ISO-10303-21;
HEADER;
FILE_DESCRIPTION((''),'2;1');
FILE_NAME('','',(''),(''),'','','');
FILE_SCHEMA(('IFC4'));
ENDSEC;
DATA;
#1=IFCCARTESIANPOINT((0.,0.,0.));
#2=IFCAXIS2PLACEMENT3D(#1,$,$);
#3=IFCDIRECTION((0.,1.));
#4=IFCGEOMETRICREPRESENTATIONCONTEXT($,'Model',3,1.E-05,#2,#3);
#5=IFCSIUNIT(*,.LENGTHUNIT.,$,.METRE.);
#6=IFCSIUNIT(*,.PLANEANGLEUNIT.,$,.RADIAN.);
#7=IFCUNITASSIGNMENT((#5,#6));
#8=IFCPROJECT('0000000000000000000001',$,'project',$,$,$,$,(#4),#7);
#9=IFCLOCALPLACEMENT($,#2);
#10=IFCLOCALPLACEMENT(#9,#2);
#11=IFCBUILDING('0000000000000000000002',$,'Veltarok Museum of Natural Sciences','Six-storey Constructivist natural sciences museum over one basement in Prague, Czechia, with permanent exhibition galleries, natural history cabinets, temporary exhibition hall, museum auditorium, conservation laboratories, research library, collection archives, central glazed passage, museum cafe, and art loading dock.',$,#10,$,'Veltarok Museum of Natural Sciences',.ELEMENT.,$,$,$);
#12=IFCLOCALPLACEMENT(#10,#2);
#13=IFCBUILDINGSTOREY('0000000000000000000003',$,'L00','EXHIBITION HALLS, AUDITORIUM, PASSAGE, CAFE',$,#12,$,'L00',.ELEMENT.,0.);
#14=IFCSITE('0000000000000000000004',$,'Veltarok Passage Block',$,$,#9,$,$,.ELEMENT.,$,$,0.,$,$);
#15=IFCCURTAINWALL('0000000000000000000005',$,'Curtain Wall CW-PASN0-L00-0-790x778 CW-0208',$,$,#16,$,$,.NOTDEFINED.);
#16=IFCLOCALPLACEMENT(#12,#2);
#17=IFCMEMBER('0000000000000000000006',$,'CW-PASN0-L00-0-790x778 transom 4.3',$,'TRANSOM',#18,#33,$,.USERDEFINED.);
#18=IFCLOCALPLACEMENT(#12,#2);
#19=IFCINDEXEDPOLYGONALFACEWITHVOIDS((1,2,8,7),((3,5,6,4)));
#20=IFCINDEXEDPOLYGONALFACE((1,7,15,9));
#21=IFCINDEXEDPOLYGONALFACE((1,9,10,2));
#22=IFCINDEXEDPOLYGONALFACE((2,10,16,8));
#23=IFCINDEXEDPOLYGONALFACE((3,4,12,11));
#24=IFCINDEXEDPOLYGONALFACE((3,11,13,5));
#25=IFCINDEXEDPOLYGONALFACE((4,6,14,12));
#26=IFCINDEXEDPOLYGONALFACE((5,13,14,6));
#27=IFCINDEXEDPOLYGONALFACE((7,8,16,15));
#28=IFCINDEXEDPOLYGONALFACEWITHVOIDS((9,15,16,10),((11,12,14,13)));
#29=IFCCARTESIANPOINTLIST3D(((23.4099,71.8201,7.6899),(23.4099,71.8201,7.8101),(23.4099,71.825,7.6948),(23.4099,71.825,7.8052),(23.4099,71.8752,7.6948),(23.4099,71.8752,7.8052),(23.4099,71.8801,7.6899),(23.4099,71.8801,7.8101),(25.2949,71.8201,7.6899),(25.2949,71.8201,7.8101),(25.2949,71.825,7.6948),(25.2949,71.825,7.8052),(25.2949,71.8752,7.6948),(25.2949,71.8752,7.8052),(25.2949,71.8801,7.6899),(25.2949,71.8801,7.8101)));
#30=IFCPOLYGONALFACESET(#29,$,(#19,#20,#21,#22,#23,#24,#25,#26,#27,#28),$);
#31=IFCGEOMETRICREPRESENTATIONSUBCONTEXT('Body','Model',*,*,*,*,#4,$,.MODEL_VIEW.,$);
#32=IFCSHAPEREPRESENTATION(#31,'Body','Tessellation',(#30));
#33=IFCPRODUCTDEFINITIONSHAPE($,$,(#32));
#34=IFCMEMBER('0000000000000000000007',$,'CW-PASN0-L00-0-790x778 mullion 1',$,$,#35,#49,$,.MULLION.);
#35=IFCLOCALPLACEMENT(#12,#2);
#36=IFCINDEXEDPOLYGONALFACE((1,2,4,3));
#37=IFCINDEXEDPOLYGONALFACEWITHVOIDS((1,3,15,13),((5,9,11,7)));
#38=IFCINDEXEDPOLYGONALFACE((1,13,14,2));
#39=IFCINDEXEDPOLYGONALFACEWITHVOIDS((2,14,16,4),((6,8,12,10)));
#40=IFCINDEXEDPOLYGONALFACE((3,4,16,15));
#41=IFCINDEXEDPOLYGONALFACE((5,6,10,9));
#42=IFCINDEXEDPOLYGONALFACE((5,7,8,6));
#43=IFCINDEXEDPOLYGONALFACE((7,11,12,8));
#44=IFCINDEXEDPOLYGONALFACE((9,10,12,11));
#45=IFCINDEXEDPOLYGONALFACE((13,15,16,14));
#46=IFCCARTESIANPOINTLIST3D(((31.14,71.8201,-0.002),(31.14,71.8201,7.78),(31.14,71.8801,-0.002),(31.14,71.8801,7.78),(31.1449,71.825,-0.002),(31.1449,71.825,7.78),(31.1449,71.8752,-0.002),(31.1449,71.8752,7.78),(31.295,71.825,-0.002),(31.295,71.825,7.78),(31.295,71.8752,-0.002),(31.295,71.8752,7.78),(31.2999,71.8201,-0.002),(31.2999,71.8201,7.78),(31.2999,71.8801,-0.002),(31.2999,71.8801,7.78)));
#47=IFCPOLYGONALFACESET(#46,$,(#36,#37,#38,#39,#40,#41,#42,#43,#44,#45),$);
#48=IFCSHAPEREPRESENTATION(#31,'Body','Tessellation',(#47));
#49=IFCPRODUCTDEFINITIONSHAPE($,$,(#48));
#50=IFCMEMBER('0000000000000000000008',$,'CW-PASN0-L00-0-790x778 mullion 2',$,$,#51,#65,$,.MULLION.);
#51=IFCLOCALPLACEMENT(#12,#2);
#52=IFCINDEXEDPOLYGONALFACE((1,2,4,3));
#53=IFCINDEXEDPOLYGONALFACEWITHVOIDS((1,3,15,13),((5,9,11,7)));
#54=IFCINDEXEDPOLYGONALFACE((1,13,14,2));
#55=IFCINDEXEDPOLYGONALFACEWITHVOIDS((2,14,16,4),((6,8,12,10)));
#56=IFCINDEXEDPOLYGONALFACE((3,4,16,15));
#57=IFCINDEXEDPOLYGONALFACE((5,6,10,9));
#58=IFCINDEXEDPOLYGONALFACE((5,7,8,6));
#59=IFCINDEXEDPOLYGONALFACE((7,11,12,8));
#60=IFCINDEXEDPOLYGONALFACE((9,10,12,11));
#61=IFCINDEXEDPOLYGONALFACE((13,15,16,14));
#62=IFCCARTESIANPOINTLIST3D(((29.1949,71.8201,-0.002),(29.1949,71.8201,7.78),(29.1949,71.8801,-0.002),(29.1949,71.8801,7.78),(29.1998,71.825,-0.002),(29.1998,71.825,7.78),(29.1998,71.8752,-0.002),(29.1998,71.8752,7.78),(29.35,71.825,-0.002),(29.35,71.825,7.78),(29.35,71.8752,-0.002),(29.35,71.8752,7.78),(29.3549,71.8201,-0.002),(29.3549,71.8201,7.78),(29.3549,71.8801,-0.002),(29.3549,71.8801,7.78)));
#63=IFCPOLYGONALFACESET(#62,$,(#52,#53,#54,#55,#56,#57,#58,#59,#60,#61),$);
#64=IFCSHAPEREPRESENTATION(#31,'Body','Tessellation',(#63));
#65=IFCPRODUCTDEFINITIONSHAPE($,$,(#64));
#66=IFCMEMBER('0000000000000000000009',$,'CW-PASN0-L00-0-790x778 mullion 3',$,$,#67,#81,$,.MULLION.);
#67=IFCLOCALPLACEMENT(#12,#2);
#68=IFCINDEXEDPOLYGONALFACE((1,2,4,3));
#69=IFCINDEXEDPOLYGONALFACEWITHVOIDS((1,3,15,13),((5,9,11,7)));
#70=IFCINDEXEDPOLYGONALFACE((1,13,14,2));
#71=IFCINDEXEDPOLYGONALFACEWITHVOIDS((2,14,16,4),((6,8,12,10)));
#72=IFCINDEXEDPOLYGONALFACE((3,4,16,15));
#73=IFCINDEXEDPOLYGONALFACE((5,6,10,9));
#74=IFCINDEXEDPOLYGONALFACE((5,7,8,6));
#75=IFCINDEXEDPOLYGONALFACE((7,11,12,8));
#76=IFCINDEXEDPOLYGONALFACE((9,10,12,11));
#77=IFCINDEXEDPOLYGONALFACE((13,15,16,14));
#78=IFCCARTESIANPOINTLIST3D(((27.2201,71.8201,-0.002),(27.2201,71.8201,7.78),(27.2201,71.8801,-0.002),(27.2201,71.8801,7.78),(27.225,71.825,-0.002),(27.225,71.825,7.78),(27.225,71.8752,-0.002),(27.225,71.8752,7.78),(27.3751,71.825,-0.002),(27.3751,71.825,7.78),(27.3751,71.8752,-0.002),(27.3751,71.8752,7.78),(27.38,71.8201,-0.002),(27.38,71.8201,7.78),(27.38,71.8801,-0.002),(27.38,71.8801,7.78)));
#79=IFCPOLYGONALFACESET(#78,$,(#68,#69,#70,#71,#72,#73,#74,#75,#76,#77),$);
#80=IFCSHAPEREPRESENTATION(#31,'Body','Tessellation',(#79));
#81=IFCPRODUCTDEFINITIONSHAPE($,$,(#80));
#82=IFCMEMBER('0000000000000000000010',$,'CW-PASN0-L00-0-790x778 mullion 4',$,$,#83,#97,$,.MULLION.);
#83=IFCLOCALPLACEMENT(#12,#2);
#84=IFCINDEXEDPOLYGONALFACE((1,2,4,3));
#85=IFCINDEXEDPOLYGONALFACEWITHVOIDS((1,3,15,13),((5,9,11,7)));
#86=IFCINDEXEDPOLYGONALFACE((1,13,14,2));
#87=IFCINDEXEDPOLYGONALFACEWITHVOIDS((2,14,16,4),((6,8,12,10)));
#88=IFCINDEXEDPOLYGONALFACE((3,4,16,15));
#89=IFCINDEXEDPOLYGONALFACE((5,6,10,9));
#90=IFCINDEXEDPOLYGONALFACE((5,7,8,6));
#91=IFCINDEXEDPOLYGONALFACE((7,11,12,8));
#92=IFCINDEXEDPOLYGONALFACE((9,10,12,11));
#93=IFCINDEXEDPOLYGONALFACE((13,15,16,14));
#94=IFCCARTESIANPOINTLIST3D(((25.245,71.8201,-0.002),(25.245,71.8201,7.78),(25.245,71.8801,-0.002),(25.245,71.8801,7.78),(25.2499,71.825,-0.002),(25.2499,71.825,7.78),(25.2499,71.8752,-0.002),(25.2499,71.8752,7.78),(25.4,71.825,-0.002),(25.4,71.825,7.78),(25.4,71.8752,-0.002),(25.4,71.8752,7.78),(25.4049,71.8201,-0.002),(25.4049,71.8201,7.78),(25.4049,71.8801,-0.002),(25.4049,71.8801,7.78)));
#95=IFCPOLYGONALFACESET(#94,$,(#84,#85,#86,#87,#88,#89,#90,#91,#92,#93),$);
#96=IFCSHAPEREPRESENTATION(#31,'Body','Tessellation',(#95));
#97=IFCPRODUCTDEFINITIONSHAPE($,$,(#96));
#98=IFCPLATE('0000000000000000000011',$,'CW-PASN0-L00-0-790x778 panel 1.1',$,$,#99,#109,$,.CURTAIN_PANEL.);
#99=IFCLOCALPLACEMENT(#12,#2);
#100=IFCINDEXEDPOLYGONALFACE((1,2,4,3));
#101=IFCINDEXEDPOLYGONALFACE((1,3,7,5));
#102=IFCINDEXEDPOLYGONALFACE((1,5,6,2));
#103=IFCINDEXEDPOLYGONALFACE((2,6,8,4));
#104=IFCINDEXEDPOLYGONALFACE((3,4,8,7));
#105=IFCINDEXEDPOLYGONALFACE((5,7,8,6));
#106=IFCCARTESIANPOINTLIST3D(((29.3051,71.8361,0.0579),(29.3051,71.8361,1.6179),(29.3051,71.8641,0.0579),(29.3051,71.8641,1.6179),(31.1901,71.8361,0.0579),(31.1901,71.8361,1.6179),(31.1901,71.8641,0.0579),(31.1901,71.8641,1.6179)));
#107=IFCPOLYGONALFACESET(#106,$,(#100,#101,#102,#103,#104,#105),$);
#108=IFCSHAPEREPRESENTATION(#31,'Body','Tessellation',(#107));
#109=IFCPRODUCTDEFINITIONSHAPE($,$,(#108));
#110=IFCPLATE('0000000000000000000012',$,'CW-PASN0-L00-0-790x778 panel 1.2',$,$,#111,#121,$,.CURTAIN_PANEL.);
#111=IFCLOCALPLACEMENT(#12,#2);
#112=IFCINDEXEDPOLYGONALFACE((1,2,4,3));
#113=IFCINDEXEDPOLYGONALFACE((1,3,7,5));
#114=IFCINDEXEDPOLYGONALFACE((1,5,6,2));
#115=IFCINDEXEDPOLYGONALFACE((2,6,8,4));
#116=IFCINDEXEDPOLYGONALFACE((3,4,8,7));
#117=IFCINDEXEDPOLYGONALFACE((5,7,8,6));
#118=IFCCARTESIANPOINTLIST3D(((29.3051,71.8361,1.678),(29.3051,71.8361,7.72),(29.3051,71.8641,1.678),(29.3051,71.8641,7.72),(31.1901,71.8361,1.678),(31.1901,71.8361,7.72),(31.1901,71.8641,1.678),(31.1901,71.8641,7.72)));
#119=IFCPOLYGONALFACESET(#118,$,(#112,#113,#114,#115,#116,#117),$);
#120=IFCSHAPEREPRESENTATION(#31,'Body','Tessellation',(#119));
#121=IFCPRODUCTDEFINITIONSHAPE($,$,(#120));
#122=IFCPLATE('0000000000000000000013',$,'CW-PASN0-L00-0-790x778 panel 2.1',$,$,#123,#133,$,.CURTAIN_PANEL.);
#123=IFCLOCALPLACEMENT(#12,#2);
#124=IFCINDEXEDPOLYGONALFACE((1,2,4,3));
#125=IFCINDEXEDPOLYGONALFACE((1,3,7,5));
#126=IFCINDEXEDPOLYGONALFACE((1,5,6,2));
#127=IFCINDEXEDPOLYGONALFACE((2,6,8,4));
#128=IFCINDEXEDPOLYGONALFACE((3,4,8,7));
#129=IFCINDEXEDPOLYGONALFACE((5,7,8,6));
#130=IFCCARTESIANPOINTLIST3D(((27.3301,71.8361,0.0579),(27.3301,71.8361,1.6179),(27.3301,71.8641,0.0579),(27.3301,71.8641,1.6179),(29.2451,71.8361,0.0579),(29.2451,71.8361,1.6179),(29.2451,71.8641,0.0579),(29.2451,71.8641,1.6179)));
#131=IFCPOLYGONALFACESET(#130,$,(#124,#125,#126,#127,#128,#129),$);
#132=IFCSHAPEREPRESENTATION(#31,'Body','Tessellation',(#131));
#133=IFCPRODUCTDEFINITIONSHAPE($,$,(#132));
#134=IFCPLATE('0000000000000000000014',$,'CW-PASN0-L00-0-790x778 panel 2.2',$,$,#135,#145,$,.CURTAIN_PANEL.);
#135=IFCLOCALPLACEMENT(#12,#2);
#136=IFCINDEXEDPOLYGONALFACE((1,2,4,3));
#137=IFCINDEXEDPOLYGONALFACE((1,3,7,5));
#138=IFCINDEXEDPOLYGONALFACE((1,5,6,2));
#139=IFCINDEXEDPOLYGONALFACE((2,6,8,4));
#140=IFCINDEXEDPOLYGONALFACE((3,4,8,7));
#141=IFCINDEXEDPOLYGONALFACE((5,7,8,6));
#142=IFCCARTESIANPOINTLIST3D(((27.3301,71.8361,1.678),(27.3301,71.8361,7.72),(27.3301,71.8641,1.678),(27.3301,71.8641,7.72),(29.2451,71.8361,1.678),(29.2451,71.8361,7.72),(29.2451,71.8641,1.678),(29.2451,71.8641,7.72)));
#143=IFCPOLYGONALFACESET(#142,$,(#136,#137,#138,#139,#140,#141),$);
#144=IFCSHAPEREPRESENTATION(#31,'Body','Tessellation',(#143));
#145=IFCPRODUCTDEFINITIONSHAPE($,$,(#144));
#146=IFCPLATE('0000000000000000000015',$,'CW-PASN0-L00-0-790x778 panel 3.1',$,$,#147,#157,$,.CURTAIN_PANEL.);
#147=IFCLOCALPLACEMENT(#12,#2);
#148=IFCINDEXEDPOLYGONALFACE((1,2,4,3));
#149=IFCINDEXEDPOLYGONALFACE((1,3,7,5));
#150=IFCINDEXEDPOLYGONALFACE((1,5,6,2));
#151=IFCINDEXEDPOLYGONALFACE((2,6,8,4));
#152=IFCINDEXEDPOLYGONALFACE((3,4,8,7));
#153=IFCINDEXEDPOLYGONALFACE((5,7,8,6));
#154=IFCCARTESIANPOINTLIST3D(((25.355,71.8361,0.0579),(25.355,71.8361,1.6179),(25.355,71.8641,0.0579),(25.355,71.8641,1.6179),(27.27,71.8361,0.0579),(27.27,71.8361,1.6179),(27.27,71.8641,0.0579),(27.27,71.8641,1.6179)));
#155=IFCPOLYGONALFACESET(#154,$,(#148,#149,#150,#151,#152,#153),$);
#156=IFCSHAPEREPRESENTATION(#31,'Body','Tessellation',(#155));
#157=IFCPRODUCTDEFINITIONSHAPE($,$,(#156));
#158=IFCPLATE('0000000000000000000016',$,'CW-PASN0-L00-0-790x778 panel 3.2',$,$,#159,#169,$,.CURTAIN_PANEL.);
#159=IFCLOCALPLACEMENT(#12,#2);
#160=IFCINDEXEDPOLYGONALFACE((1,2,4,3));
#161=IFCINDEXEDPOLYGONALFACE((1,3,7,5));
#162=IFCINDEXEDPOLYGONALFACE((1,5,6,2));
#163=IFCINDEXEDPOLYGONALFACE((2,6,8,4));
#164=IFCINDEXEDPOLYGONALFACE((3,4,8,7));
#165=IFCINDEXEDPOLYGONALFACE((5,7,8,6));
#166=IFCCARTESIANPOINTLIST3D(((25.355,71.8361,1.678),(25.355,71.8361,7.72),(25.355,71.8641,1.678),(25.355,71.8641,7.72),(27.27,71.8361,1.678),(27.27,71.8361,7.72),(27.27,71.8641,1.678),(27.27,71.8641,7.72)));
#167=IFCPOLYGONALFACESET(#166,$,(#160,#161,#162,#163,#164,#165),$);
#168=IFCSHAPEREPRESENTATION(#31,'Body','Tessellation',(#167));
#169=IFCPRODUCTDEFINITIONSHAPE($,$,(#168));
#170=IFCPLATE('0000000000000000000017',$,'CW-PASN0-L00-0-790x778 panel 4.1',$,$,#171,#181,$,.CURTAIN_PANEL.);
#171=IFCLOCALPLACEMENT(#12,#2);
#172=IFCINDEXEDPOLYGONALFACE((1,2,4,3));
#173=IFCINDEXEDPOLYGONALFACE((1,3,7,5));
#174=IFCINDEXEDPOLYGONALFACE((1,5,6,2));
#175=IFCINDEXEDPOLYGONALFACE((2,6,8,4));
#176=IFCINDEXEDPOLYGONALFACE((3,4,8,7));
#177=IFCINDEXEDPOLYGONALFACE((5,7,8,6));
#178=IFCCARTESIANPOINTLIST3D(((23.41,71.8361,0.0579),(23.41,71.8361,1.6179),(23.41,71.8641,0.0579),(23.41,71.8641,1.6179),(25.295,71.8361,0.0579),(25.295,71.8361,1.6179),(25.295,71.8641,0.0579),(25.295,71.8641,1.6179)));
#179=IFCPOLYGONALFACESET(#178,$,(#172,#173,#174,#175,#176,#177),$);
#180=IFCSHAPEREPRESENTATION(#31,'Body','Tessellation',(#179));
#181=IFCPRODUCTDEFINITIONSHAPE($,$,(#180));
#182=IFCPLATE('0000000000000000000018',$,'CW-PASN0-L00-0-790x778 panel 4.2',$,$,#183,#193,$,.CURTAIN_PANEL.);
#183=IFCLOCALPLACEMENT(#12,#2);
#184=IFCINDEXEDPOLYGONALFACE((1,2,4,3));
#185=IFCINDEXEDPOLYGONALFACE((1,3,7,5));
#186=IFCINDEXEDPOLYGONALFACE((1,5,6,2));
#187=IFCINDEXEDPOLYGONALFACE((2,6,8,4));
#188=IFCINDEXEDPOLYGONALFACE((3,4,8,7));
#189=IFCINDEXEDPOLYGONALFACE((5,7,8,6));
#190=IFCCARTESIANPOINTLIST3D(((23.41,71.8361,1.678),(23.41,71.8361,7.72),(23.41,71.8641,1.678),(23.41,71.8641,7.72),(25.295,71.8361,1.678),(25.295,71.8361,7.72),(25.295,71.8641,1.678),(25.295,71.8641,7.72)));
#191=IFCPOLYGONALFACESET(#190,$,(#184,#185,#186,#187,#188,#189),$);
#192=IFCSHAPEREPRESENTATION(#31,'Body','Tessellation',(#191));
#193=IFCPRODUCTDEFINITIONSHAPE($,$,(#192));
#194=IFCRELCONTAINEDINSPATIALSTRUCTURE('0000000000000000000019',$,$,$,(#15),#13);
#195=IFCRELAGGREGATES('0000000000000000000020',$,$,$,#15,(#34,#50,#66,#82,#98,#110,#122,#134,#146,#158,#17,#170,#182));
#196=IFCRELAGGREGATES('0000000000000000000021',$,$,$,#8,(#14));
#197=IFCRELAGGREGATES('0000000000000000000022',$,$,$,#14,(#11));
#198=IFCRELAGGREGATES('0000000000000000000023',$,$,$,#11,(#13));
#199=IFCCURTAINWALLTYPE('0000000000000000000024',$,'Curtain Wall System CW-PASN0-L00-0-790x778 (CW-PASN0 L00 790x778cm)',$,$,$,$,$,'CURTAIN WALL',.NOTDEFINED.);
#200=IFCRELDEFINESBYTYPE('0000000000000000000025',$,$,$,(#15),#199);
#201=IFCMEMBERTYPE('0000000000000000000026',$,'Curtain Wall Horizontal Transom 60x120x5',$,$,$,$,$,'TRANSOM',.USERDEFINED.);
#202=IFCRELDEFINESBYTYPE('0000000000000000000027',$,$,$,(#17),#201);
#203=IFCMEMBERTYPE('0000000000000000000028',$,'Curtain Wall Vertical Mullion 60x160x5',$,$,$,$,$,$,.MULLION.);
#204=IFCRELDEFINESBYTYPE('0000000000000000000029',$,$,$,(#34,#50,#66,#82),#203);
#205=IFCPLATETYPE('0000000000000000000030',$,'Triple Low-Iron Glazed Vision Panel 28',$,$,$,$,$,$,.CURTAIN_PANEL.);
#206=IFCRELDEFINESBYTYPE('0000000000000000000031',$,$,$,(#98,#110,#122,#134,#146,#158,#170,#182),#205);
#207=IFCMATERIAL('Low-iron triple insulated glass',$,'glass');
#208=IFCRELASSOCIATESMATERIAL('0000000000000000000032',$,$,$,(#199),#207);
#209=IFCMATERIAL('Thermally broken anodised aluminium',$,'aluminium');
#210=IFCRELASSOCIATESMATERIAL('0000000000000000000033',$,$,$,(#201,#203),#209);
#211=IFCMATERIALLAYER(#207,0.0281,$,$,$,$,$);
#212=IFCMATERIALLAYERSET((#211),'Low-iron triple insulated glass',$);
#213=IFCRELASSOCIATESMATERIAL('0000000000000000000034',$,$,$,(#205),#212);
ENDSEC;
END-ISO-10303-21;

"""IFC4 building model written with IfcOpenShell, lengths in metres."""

from ifc_helpers import new_model, si_unit, direction, frame, origin, origin_2d, place, context, subcontext, project, spatial, rectangle, hollow_rectangle, extrude, material, layer, layer_set, material_profile, profile_set, type_object, element, aggregate, save


model = new_model("IFC4")

# Units and contexts
model_context = context("Model", 3, precision=1e-05, world=origin(), true_north=direction((0.0, 1.0)))
body_context = subcontext(model_context, "Body", "Model", "MODEL_VIEW")
ifc_project = project(units=[si_unit("LENGTHUNIT", "METRE"), si_unit("PLANEANGLEUNIT", "RADIAN")], contexts=[model_context])

# Site, building, storey
site_placement = place(None, origin())
site = spatial("IfcSite", under=ifc_project, at=site_placement, Name="Veltarok Passage Block", CompositionType="ELEMENT", RefElevation=0.0)
building_placement = place(site_placement, origin())
building = spatial("IfcBuilding", under=site, at=building_placement, Name="Veltarok Museum of Natural Sciences", Description="Six-storey Constructivist natural sciences museum over one basement in Prague, Czechia, with permanent exhibition galleries, natural history cabinets, temporary exhibition hall, museum auditorium, conservation laboratories, research library, collection archives, central glazed passage, museum cafe, and art loading dock.", LongName="Veltarok Museum of Natural Sciences", CompositionType="ELEMENT")
storey_placement = place(building_placement, origin())
storey = spatial("IfcBuildingStorey", under=building, at=storey_placement, Name="L00", Description="EXHIBITION HALLS, AUDITORIUM, PASSAGE, CAFE", LongName="L00", CompositionType="ELEMENT", Elevation=0.0)

# Curtain wall, members, plates
ifc_material_1 = material(Name="Low-iron triple insulated glass", Category="glass")
curtain_wall_type = type_object("IfcCurtainWallType", Name="Curtain Wall System CW-PASN0-L00-0-790x778 (CW-PASN0 L00 790x778cm)", ElementType="CURTAIN WALL", PredefinedType="NOTDEFINED", material=ifc_material_1)
curtain_wall_placement = place(storey_placement, origin())
curtain_wall = element("IfcCurtainWall", 1, at=curtain_wall_placement, inside=storey, type_object=curtain_wall_type, Name="Curtain Wall CW-PASN0-L00-0-790x778 CW-0208", PredefinedType="NOTDEFINED")
ifc_material_2 = material(Name="Thermally broken anodised aluminium", Category="aluminium")
ifc_material_profile_1 = material_profile(ifc_material_2, hollow_rectangle(XDim=0.0601, YDim=0.1201, WallThickness=0.0049, at=origin_2d()), Name="CW TRANSOM 60x120x5")
ifc_profile_set_1 = profile_set([ifc_material_profile_1], Name="Thermally broken anodised aluminium")
member_type_1 = type_object("IfcMemberType", Name="Curtain Wall Horizontal Transom 60x120x5", ElementType="TRANSOM", PredefinedType="USERDEFINED", material=ifc_profile_set_1)
member_1_placement = place(storey_placement, frame((25.2949, 71.8501, 7.75), z_axis=(-1.0, 0.0, 0.0), x_axis=(0.0, -1.0, 0.0)))
member_1 = element("IfcMember", 2, at=member_1_placement, type_object=member_type_1, Name="CW-PASN0-L00-0-790x778 transom 4.3", ObjectType="TRANSOM", PredefinedType="USERDEFINED", context=body_context, shape_type="SweptSolid", body=[
    extrude(hollow_rectangle(XDim=0.0601, YDim=0.1201, WallThickness=0.0049, at=origin_2d()), origin(), (0.0, 0.0, 1.0), 1.885),
])
ifc_material_profile_2 = material_profile(ifc_material_2, hollow_rectangle(XDim=0.0601, YDim=0.1599, WallThickness=0.0049, at=origin_2d()), Name="CW MULLION 60x160x5")
ifc_profile_set_2 = profile_set([ifc_material_profile_2], Name="Thermally broken anodised aluminium")
member_type_2 = type_object("IfcMemberType", Name="Curtain Wall Vertical Mullion 60x160x5", PredefinedType="MULLION", material=ifc_profile_set_2)
member_2_placement = place(storey_placement, frame((31.22, 71.8501, -0.002), z_axis=(0.0, 0.0, 1.0), x_axis=(0.0, -1.0, 0.0)))
member_2 = element("IfcMember", 3, at=member_2_placement, type_object=member_type_2, Name="CW-PASN0-L00-0-790x778 mullion 1", PredefinedType="MULLION", context=body_context, shape_type="SweptSolid", body=[
    extrude(hollow_rectangle(XDim=0.0601, YDim=0.1599, WallThickness=0.0049, at=origin_2d()), origin(), (0.0, 0.0, 1.0), 7.782),
])
member_3_placement = place(storey_placement, frame((29.2749, 71.8501, -0.002), z_axis=(0.0, 0.0, 1.0), x_axis=(0.0, -1.0, 0.0)))
member_3 = element("IfcMember", 4, at=member_3_placement, type_object=member_type_2, Name="CW-PASN0-L00-0-790x778 mullion 2", PredefinedType="MULLION", context=body_context, shape_type="SweptSolid", body=[
    extrude(hollow_rectangle(XDim=0.0601, YDim=0.1599, WallThickness=0.0049, at=origin_2d()), origin(), (0.0, 0.0, 1.0), 7.782),
])
member_4_placement = place(storey_placement, frame((27.3, 71.8501, -0.002), z_axis=(0.0, 0.0, 1.0), x_axis=(0.0, -1.0, 0.0)))
member_4 = element("IfcMember", 5, at=member_4_placement, type_object=member_type_2, Name="CW-PASN0-L00-0-790x778 mullion 3", PredefinedType="MULLION", context=body_context, shape_type="SweptSolid", body=[
    extrude(hollow_rectangle(XDim=0.0601, YDim=0.1599, WallThickness=0.0049, at=origin_2d()), origin(), (0.0, 0.0, 1.0), 7.782),
])
member_5_placement = place(storey_placement, frame((25.325, 71.8501, -0.002), z_axis=(0.0, 0.0, 1.0), x_axis=(0.0, -1.0, 0.0)))
member_5 = element("IfcMember", 6, at=member_5_placement, type_object=member_type_2, Name="CW-PASN0-L00-0-790x778 mullion 4", PredefinedType="MULLION", context=body_context, shape_type="SweptSolid", body=[
    extrude(hollow_rectangle(XDim=0.0601, YDim=0.1599, WallThickness=0.0049, at=origin_2d()), origin(), (0.0, 0.0, 1.0), 7.782),
])
ifc_layer_1 = layer(ifc_material_1, 0.0281)
ifc_layer_set_1 = layer_set([ifc_layer_1], Name="Low-iron triple insulated glass")
plate_type = type_object("IfcPlateType", Name="Triple Low-Iron Glazed Vision Panel 28", PredefinedType="CURTAIN_PANEL", material=ifc_layer_set_1)
plate_1_placement = place(storey_placement, frame((30.2476, 71.8501, 0.0579), z_axis=(0.0, 0.0, 1.0), x_axis=(-1.0, 0.0, 0.0)))
plate_1 = element("IfcPlate", 7, at=plate_1_placement, type_object=plate_type, Name="CW-PASN0-L00-0-790x778 panel 1.1", PredefinedType="CURTAIN_PANEL", context=body_context, shape_type="SweptSolid", body=[
    extrude(rectangle(XDim=1.885, YDim=0.0281, at=origin_2d()), origin(), (0.0, 0.0, 1.0), 1.5601),
])
plate_2_placement = place(storey_placement, frame((30.2476, 71.8501, 1.678), z_axis=(0.0, 0.0, 1.0), x_axis=(-1.0, 0.0, 0.0)))
plate_2 = element("IfcPlate", 8, at=plate_2_placement, type_object=plate_type, Name="CW-PASN0-L00-0-790x778 panel 1.2", PredefinedType="CURTAIN_PANEL", context=body_context, shape_type="SweptSolid", body=[
    extrude(rectangle(XDim=1.885, YDim=0.0281, at=origin_2d()), origin(), (0.0, 0.0, 1.0), 6.042),
])
plate_3_placement = place(storey_placement, frame((28.2876, 71.8501, 0.0579), z_axis=(0.0, 0.0, 1.0), x_axis=(-1.0, 0.0, 0.0)))
plate_3 = element("IfcPlate", 9, at=plate_3_placement, type_object=plate_type, Name="CW-PASN0-L00-0-790x778 panel 2.1", PredefinedType="CURTAIN_PANEL", context=body_context, shape_type="SweptSolid", body=[
    extrude(rectangle(XDim=1.915, YDim=0.0281, at=origin_2d()), origin(), (0.0, 0.0, 1.0), 1.5601),
])
plate_4_placement = place(storey_placement, frame((28.2876, 71.8501, 1.678), z_axis=(0.0, 0.0, 1.0), x_axis=(-1.0, 0.0, 0.0)))
plate_4 = element("IfcPlate", 10, at=plate_4_placement, type_object=plate_type, Name="CW-PASN0-L00-0-790x778 panel 2.2", PredefinedType="CURTAIN_PANEL", context=body_context, shape_type="SweptSolid", body=[
    extrude(rectangle(XDim=1.915, YDim=0.0281, at=origin_2d()), origin(), (0.0, 0.0, 1.0), 6.042),
])
plate_5_placement = place(storey_placement, frame((26.3125, 71.8501, 0.0579), z_axis=(0.0, 0.0, 1.0), x_axis=(-1.0, 0.0, 0.0)))
plate_5 = element("IfcPlate", 11, at=plate_5_placement, type_object=plate_type, Name="CW-PASN0-L00-0-790x778 panel 3.1", PredefinedType="CURTAIN_PANEL", context=body_context, shape_type="SweptSolid", body=[
    extrude(rectangle(XDim=1.915, YDim=0.0281, at=origin_2d()), origin(), (0.0, 0.0, 1.0), 1.5601),
])
plate_6_placement = place(storey_placement, frame((26.3125, 71.8501, 1.678), z_axis=(0.0, 0.0, 1.0), x_axis=(-1.0, 0.0, 0.0)))
plate_6 = element("IfcPlate", 12, at=plate_6_placement, type_object=plate_type, Name="CW-PASN0-L00-0-790x778 panel 3.2", PredefinedType="CURTAIN_PANEL", context=body_context, shape_type="SweptSolid", body=[
    extrude(rectangle(XDim=1.915, YDim=0.0281, at=origin_2d()), origin(), (0.0, 0.0, 1.0), 6.042),
])
plate_7_placement = place(storey_placement, frame((24.3525, 71.8501, 0.0579), z_axis=(0.0, 0.0, 1.0), x_axis=(-1.0, 0.0, 0.0)))
plate_7 = element("IfcPlate", 13, at=plate_7_placement, type_object=plate_type, Name="CW-PASN0-L00-0-790x778 panel 4.1", PredefinedType="CURTAIN_PANEL", context=body_context, shape_type="SweptSolid", body=[
    extrude(rectangle(XDim=1.885, YDim=0.0281, at=origin_2d()), origin(), (0.0, 0.0, 1.0), 1.5601),
])
plate_8_placement = place(storey_placement, frame((24.3525, 71.8501, 1.678), z_axis=(0.0, 0.0, 1.0), x_axis=(-1.0, 0.0, 0.0)))
plate_8 = element("IfcPlate", 14, at=plate_8_placement, type_object=plate_type, Name="CW-PASN0-L00-0-790x778 panel 4.2", PredefinedType="CURTAIN_PANEL", context=body_context, shape_type="SweptSolid", body=[
    extrude(rectangle(XDim=1.885, YDim=0.0281, at=origin_2d()), origin(), (0.0, 0.0, 1.0), 6.042),
])
aggregate(curtain_wall, [member_2, member_3, member_4, member_5, plate_1, plate_2, plate_3, plate_4, plate_5, plate_6, member_1, plate_7, plate_8])

save(model, "model.ifc")
